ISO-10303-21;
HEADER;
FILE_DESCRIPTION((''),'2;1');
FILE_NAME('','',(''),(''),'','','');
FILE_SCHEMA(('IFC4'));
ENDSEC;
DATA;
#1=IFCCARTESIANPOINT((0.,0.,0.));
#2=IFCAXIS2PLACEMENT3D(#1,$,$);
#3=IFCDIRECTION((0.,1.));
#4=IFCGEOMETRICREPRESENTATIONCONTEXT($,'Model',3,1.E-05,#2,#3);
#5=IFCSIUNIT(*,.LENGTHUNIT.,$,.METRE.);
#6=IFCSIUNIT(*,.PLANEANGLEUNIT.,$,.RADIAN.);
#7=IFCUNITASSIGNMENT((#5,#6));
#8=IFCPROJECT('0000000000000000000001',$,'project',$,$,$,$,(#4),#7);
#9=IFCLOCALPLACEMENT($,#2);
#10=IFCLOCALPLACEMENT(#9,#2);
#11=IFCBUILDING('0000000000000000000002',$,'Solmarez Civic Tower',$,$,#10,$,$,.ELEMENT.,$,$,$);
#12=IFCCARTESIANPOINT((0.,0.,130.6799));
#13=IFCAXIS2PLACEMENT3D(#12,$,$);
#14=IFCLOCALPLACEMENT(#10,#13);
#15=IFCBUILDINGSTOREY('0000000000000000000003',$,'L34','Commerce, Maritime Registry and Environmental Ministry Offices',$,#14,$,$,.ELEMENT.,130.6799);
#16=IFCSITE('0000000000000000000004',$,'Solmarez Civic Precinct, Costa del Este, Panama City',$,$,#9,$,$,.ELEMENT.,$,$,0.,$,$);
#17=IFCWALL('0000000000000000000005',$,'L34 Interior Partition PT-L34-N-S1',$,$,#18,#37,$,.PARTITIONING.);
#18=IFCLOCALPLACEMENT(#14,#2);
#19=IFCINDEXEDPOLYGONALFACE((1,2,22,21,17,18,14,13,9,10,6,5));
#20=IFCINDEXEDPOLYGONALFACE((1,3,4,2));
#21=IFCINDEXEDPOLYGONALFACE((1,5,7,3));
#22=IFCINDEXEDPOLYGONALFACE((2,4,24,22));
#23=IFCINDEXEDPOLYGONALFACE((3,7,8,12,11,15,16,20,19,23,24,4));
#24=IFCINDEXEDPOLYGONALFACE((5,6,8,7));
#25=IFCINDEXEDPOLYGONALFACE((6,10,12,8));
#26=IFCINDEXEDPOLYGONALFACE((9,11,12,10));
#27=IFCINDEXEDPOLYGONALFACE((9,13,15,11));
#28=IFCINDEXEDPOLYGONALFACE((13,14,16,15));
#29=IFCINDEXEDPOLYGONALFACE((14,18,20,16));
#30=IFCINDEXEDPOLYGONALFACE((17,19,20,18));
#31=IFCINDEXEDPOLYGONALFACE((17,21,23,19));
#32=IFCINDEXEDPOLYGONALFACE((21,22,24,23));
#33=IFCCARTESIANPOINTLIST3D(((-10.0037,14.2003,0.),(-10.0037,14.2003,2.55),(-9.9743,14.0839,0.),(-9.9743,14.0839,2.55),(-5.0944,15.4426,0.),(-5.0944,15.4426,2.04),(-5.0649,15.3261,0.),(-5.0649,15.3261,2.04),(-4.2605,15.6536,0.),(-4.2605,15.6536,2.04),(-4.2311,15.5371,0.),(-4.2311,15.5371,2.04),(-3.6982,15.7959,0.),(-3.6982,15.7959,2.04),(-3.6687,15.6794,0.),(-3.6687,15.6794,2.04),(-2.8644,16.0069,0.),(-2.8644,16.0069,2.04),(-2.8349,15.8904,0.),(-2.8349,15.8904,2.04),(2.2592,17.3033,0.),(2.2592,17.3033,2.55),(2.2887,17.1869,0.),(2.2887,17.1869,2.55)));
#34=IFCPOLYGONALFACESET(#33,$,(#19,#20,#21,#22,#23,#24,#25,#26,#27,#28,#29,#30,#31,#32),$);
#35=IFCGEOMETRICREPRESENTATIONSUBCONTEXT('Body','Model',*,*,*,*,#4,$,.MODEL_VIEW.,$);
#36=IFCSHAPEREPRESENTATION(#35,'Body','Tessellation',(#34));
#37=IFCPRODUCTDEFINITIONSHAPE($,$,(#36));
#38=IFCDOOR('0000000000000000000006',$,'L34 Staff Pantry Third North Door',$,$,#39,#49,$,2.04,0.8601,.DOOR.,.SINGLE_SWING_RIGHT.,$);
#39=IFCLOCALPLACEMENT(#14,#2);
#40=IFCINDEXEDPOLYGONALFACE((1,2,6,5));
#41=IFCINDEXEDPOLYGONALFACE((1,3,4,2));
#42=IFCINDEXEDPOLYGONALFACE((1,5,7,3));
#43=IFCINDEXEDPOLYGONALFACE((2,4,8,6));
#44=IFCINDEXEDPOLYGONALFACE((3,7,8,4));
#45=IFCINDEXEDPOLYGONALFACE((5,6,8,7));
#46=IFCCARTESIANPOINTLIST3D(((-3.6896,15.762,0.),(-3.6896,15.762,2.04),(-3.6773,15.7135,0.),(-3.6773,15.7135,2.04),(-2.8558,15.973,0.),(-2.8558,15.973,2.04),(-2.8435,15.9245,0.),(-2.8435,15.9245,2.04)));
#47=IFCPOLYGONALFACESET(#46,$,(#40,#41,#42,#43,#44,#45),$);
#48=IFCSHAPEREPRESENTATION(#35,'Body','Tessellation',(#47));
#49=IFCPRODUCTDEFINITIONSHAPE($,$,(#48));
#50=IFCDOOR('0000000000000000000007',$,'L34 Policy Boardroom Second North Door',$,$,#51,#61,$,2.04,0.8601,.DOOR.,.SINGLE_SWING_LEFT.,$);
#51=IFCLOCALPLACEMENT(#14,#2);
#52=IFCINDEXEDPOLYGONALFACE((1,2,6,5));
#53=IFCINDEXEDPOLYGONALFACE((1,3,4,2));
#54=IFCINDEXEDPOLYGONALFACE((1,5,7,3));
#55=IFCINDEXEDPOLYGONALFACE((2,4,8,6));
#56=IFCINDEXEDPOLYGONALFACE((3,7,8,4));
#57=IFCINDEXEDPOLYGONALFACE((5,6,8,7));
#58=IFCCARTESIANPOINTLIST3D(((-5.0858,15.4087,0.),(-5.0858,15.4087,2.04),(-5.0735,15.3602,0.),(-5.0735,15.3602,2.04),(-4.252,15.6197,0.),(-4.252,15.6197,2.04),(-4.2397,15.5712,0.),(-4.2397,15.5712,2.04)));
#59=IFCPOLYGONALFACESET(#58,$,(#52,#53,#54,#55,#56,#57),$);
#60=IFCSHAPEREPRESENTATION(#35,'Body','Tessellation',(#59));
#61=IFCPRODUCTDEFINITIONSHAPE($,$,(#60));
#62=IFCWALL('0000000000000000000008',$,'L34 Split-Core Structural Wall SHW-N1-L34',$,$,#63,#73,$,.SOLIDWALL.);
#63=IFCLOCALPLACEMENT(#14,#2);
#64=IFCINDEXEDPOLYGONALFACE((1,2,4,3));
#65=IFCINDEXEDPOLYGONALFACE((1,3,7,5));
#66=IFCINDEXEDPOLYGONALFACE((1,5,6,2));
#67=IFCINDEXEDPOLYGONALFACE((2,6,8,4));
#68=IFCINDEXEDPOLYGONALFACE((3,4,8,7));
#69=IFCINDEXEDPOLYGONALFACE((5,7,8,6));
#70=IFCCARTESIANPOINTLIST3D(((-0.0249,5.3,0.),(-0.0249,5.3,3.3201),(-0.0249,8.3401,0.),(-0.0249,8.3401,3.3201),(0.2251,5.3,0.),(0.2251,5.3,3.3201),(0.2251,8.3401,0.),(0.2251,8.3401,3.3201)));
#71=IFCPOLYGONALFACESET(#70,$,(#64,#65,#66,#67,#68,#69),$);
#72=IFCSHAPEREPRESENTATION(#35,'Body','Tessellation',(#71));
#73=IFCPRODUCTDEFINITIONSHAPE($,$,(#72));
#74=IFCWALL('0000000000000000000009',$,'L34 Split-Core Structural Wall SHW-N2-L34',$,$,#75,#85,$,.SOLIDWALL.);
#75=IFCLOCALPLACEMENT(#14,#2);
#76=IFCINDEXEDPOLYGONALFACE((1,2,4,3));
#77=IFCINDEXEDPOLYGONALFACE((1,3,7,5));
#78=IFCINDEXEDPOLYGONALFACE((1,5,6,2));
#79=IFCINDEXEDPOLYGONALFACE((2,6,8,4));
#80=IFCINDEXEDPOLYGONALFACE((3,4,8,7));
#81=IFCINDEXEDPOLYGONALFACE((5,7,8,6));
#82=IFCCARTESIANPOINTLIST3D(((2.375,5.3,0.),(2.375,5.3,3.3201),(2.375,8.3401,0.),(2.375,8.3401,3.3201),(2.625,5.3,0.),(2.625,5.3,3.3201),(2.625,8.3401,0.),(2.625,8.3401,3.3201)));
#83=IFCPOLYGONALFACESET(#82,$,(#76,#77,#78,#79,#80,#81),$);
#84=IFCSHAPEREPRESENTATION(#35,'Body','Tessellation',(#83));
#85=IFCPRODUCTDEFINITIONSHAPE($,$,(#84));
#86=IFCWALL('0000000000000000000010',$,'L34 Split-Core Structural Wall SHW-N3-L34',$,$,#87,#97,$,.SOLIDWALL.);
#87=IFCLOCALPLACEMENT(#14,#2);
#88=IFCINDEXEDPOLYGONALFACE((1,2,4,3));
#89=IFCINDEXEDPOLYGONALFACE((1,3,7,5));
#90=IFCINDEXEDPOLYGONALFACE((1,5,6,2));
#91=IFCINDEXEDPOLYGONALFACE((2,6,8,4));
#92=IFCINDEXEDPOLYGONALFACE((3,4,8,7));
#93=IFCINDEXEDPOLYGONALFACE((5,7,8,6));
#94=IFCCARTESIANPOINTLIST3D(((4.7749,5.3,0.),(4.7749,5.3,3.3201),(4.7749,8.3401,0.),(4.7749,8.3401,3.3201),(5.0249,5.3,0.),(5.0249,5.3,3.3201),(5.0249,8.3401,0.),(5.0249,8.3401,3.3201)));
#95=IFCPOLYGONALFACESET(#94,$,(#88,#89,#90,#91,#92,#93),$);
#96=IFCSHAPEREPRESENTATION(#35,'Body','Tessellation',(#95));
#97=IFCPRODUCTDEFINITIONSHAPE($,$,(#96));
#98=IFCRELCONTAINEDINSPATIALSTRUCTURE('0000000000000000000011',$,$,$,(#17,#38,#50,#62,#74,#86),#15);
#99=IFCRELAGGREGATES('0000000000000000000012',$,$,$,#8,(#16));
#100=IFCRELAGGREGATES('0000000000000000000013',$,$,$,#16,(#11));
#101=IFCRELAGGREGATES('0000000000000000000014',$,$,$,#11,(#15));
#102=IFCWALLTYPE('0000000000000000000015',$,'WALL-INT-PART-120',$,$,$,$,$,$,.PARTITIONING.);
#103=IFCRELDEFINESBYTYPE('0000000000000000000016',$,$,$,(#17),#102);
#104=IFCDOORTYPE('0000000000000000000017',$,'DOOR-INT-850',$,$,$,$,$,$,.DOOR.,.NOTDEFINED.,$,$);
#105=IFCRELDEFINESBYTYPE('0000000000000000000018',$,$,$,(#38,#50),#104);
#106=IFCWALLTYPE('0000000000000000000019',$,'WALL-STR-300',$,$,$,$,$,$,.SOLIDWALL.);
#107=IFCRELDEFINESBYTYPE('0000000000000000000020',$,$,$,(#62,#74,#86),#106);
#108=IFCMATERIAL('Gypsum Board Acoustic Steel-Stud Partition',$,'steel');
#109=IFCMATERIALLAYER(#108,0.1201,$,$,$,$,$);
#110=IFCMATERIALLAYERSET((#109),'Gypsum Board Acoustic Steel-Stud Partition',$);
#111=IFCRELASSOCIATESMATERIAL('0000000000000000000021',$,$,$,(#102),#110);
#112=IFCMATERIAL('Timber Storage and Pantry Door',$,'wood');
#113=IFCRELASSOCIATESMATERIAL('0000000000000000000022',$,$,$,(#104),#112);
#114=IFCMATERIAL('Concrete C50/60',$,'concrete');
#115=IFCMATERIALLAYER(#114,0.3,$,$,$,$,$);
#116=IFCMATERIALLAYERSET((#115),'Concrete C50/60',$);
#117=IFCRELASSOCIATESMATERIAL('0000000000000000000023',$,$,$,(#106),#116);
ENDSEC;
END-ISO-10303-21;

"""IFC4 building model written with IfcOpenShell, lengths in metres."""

from ifc_helpers import new_model, si_unit, direction, frame, frame_2d, origin, place, context, subcontext, project, spatial, rectangle, extrude, material, layer, layer_set, type_object, element, fill, save


model = new_model("IFC4")

# Units and contexts
model_context = context("Model", 3, precision=1e-05, world=origin(), true_north=direction((0.0, 1.0)))
body_context = subcontext(model_context, "Body", "Model", "MODEL_VIEW")
ifc_project = project(units=[si_unit("LENGTHUNIT", "METRE"), si_unit("PLANEANGLEUNIT", "RADIAN")], contexts=[model_context])

# Site, building, storey
site_placement = place(None, origin())
site = spatial("IfcSite", under=ifc_project, at=site_placement, Name="Solmarez Civic Precinct, Costa del Este, Panama City", CompositionType="ELEMENT", RefElevation=0.0)
building_placement = place(site_placement, origin())
building = spatial("IfcBuilding", under=site, at=building_placement, Name="Solmarez Civic Tower", CompositionType="ELEMENT")
storey_placement = place(building_placement, frame((0.0, 0.0, 130.6799)))
storey = spatial("IfcBuildingStorey", under=building, at=storey_placement, Name="L34", Description="Commerce, Maritime Registry and Environmental Ministry Offices", CompositionType="ELEMENT", Elevation=130.6799)

# Shared definitions
ifc_material_1 = material(Name="Concrete C50/60", Category="concrete")

# Shared definitions
ifc_material_2 = material(Name="Gypsum Board Acoustic Steel-Stud Partition", Category="steel")
ifc_layer_1 = layer(ifc_material_2, 0.1201)
ifc_layer_set_1 = layer_set([ifc_layer_1], Name="Gypsum Board Acoustic Steel-Stud Partition")
wall_type_1 = type_object("IfcWallType", Name="WALL-INT-PART-120", PredefinedType="PARTITIONING", material=ifc_layer_set_1)

# Wall, openings, doors
wall_1_placement = place(storey_placement, frame((2.2739, 17.2451, 0.0), z_axis=(0.0, 0.0, 1.0), x_axis=(-0.969445, -0.245309, 0.0)))
wall_1 = element("IfcWall", 1, at=wall_1_placement, inside=storey, type_object=wall_type_1, Name="L34 Interior Partition PT-L34-N-S1", PredefinedType="PARTITIONING", context=body_context, shape_type="SweptSolid", body=[
    extrude(rectangle(XDim=12.6494, YDim=0.1201, at=frame_2d((6.3247, 0.0))), origin(), (0.0, 0.0, 1.0), 2.55),
])
opening_1_placement = place(wall_1_placement, frame((5.2849, 0.0, 0.0)))
opening_1 = element("IfcOpeningElement", 2, at=opening_1_placement, cuts=wall_1, PredefinedType="OPENING", context=body_context, shape_type="SweptSolid", body=[
    extrude(rectangle(XDim=0.8601, YDim=2.04, at=frame_2d((0.4302, 1.02))), frame((0.0, 0.0701, 0.0), z_axis=(0.0, -1.0, 0.0), x_axis=(1.0, 0.0, 0.0)), (0.0, 0.0, 1.0), 0.1401),
])
opening_2_placement = place(wall_1_placement, frame((6.7251, 0.0, 0.0)))
opening_2 = element("IfcOpeningElement", 3, at=opening_2_placement, cuts=wall_1, PredefinedType="OPENING", context=body_context, shape_type="SweptSolid", body=[
    extrude(rectangle(XDim=0.8601, YDim=2.04, at=frame_2d((0.4302, 1.02))), frame((0.0, 0.0701, 0.0), z_axis=(0.0, -1.0, 0.0), x_axis=(1.0, 0.0, 0.0)), (0.0, 0.0, 1.0), 0.1401),
])
ifc_material_3 = material(Name="Timber Storage and Pantry Door", Category="wood")
door_type_1 = type_object("IfcDoorType", Name="DOOR-INT-850", OperationType="NOTDEFINED", PredefinedType="DOOR", material=ifc_material_3)
door_1_placement = place(opening_1_placement, origin())
door_1 = element("IfcDoor", 4, at=door_1_placement, inside=storey, type_object=door_type_1, Name="L34 Staff Pantry Third North Door", OperationType="SINGLE_SWING_RIGHT", OverallHeight=2.04, OverallWidth=0.8601, PredefinedType="DOOR", context=body_context, shape_type="SweptSolid", body=[
    extrude(rectangle(XDim=0.8601, YDim=2.04, at=frame_2d((0.4302, 1.02))), frame((0.0, 0.0249, 0.0), z_axis=(0.0, -1.0, 0.0), x_axis=(1.0, 0.0, 0.0)), (0.0, 0.0, 1.0), 0.05),
])
fill(opening_1, door_1)
door_2_placement = place(opening_2_placement, origin())
door_2 = element("IfcDoor", 5, at=door_2_placement, inside=storey, type_object=door_type_1, Name="L34 Policy Boardroom Second North Door", OperationType="SINGLE_SWING_LEFT", OverallHeight=2.04, OverallWidth=0.8601, PredefinedType="DOOR", context=body_context, shape_type="SweptSolid", body=[
    extrude(rectangle(XDim=0.8601, YDim=2.04, at=frame_2d((0.4302, 1.02))), frame((0.0, 0.0249, 0.0), z_axis=(0.0, -1.0, 0.0), x_axis=(1.0, 0.0, 0.0)), (0.0, 0.0, 1.0), 0.05),
])
fill(opening_2, door_2)
ifc_layer_2 = layer(ifc_material_1, 0.3)
ifc_layer_set_2 = layer_set([ifc_layer_2], Name="Concrete C50/60")
wall_type_2 = type_object("IfcWallType", Name="WALL-STR-300", PredefinedType="SOLIDWALL", material=ifc_layer_set_2)

# Walls
for number, where, z_axis, x_axis, name in (
    (6, (0.1001, 5.3, 0.0), (0.0, 0.0, 1.0), (0.0, 1.0, 0.0), "L34 Split-Core Structural Wall SHW-N1-L34"),
    (7, (2.5, 5.3, 0.0), (0.0, 0.0, 1.0), (0.0, 1.0, 0.0), "L34 Split-Core Structural Wall SHW-N2-L34"),
    (8, (4.8999, 5.3, 0.0), (0.0, 0.0, 1.0), (0.0, 1.0, 0.0), "L34 Split-Core Structural Wall SHW-N3-L34"),
):
    element("IfcWall", number, at=place(storey_placement, frame(where, z_axis=z_axis, x_axis=x_axis)), inside=storey, type_object=wall_type_2, Name=name, PredefinedType="SOLIDWALL", context=body_context, shape_type="SweptSolid", body=[
        extrude(rectangle(XDim=3.04, YDim=0.25, at=frame_2d((1.52, 0.0))), origin(), (0.0, 0.0, 1.0), 3.3201),
    ])

save(model, "model.ifc")
